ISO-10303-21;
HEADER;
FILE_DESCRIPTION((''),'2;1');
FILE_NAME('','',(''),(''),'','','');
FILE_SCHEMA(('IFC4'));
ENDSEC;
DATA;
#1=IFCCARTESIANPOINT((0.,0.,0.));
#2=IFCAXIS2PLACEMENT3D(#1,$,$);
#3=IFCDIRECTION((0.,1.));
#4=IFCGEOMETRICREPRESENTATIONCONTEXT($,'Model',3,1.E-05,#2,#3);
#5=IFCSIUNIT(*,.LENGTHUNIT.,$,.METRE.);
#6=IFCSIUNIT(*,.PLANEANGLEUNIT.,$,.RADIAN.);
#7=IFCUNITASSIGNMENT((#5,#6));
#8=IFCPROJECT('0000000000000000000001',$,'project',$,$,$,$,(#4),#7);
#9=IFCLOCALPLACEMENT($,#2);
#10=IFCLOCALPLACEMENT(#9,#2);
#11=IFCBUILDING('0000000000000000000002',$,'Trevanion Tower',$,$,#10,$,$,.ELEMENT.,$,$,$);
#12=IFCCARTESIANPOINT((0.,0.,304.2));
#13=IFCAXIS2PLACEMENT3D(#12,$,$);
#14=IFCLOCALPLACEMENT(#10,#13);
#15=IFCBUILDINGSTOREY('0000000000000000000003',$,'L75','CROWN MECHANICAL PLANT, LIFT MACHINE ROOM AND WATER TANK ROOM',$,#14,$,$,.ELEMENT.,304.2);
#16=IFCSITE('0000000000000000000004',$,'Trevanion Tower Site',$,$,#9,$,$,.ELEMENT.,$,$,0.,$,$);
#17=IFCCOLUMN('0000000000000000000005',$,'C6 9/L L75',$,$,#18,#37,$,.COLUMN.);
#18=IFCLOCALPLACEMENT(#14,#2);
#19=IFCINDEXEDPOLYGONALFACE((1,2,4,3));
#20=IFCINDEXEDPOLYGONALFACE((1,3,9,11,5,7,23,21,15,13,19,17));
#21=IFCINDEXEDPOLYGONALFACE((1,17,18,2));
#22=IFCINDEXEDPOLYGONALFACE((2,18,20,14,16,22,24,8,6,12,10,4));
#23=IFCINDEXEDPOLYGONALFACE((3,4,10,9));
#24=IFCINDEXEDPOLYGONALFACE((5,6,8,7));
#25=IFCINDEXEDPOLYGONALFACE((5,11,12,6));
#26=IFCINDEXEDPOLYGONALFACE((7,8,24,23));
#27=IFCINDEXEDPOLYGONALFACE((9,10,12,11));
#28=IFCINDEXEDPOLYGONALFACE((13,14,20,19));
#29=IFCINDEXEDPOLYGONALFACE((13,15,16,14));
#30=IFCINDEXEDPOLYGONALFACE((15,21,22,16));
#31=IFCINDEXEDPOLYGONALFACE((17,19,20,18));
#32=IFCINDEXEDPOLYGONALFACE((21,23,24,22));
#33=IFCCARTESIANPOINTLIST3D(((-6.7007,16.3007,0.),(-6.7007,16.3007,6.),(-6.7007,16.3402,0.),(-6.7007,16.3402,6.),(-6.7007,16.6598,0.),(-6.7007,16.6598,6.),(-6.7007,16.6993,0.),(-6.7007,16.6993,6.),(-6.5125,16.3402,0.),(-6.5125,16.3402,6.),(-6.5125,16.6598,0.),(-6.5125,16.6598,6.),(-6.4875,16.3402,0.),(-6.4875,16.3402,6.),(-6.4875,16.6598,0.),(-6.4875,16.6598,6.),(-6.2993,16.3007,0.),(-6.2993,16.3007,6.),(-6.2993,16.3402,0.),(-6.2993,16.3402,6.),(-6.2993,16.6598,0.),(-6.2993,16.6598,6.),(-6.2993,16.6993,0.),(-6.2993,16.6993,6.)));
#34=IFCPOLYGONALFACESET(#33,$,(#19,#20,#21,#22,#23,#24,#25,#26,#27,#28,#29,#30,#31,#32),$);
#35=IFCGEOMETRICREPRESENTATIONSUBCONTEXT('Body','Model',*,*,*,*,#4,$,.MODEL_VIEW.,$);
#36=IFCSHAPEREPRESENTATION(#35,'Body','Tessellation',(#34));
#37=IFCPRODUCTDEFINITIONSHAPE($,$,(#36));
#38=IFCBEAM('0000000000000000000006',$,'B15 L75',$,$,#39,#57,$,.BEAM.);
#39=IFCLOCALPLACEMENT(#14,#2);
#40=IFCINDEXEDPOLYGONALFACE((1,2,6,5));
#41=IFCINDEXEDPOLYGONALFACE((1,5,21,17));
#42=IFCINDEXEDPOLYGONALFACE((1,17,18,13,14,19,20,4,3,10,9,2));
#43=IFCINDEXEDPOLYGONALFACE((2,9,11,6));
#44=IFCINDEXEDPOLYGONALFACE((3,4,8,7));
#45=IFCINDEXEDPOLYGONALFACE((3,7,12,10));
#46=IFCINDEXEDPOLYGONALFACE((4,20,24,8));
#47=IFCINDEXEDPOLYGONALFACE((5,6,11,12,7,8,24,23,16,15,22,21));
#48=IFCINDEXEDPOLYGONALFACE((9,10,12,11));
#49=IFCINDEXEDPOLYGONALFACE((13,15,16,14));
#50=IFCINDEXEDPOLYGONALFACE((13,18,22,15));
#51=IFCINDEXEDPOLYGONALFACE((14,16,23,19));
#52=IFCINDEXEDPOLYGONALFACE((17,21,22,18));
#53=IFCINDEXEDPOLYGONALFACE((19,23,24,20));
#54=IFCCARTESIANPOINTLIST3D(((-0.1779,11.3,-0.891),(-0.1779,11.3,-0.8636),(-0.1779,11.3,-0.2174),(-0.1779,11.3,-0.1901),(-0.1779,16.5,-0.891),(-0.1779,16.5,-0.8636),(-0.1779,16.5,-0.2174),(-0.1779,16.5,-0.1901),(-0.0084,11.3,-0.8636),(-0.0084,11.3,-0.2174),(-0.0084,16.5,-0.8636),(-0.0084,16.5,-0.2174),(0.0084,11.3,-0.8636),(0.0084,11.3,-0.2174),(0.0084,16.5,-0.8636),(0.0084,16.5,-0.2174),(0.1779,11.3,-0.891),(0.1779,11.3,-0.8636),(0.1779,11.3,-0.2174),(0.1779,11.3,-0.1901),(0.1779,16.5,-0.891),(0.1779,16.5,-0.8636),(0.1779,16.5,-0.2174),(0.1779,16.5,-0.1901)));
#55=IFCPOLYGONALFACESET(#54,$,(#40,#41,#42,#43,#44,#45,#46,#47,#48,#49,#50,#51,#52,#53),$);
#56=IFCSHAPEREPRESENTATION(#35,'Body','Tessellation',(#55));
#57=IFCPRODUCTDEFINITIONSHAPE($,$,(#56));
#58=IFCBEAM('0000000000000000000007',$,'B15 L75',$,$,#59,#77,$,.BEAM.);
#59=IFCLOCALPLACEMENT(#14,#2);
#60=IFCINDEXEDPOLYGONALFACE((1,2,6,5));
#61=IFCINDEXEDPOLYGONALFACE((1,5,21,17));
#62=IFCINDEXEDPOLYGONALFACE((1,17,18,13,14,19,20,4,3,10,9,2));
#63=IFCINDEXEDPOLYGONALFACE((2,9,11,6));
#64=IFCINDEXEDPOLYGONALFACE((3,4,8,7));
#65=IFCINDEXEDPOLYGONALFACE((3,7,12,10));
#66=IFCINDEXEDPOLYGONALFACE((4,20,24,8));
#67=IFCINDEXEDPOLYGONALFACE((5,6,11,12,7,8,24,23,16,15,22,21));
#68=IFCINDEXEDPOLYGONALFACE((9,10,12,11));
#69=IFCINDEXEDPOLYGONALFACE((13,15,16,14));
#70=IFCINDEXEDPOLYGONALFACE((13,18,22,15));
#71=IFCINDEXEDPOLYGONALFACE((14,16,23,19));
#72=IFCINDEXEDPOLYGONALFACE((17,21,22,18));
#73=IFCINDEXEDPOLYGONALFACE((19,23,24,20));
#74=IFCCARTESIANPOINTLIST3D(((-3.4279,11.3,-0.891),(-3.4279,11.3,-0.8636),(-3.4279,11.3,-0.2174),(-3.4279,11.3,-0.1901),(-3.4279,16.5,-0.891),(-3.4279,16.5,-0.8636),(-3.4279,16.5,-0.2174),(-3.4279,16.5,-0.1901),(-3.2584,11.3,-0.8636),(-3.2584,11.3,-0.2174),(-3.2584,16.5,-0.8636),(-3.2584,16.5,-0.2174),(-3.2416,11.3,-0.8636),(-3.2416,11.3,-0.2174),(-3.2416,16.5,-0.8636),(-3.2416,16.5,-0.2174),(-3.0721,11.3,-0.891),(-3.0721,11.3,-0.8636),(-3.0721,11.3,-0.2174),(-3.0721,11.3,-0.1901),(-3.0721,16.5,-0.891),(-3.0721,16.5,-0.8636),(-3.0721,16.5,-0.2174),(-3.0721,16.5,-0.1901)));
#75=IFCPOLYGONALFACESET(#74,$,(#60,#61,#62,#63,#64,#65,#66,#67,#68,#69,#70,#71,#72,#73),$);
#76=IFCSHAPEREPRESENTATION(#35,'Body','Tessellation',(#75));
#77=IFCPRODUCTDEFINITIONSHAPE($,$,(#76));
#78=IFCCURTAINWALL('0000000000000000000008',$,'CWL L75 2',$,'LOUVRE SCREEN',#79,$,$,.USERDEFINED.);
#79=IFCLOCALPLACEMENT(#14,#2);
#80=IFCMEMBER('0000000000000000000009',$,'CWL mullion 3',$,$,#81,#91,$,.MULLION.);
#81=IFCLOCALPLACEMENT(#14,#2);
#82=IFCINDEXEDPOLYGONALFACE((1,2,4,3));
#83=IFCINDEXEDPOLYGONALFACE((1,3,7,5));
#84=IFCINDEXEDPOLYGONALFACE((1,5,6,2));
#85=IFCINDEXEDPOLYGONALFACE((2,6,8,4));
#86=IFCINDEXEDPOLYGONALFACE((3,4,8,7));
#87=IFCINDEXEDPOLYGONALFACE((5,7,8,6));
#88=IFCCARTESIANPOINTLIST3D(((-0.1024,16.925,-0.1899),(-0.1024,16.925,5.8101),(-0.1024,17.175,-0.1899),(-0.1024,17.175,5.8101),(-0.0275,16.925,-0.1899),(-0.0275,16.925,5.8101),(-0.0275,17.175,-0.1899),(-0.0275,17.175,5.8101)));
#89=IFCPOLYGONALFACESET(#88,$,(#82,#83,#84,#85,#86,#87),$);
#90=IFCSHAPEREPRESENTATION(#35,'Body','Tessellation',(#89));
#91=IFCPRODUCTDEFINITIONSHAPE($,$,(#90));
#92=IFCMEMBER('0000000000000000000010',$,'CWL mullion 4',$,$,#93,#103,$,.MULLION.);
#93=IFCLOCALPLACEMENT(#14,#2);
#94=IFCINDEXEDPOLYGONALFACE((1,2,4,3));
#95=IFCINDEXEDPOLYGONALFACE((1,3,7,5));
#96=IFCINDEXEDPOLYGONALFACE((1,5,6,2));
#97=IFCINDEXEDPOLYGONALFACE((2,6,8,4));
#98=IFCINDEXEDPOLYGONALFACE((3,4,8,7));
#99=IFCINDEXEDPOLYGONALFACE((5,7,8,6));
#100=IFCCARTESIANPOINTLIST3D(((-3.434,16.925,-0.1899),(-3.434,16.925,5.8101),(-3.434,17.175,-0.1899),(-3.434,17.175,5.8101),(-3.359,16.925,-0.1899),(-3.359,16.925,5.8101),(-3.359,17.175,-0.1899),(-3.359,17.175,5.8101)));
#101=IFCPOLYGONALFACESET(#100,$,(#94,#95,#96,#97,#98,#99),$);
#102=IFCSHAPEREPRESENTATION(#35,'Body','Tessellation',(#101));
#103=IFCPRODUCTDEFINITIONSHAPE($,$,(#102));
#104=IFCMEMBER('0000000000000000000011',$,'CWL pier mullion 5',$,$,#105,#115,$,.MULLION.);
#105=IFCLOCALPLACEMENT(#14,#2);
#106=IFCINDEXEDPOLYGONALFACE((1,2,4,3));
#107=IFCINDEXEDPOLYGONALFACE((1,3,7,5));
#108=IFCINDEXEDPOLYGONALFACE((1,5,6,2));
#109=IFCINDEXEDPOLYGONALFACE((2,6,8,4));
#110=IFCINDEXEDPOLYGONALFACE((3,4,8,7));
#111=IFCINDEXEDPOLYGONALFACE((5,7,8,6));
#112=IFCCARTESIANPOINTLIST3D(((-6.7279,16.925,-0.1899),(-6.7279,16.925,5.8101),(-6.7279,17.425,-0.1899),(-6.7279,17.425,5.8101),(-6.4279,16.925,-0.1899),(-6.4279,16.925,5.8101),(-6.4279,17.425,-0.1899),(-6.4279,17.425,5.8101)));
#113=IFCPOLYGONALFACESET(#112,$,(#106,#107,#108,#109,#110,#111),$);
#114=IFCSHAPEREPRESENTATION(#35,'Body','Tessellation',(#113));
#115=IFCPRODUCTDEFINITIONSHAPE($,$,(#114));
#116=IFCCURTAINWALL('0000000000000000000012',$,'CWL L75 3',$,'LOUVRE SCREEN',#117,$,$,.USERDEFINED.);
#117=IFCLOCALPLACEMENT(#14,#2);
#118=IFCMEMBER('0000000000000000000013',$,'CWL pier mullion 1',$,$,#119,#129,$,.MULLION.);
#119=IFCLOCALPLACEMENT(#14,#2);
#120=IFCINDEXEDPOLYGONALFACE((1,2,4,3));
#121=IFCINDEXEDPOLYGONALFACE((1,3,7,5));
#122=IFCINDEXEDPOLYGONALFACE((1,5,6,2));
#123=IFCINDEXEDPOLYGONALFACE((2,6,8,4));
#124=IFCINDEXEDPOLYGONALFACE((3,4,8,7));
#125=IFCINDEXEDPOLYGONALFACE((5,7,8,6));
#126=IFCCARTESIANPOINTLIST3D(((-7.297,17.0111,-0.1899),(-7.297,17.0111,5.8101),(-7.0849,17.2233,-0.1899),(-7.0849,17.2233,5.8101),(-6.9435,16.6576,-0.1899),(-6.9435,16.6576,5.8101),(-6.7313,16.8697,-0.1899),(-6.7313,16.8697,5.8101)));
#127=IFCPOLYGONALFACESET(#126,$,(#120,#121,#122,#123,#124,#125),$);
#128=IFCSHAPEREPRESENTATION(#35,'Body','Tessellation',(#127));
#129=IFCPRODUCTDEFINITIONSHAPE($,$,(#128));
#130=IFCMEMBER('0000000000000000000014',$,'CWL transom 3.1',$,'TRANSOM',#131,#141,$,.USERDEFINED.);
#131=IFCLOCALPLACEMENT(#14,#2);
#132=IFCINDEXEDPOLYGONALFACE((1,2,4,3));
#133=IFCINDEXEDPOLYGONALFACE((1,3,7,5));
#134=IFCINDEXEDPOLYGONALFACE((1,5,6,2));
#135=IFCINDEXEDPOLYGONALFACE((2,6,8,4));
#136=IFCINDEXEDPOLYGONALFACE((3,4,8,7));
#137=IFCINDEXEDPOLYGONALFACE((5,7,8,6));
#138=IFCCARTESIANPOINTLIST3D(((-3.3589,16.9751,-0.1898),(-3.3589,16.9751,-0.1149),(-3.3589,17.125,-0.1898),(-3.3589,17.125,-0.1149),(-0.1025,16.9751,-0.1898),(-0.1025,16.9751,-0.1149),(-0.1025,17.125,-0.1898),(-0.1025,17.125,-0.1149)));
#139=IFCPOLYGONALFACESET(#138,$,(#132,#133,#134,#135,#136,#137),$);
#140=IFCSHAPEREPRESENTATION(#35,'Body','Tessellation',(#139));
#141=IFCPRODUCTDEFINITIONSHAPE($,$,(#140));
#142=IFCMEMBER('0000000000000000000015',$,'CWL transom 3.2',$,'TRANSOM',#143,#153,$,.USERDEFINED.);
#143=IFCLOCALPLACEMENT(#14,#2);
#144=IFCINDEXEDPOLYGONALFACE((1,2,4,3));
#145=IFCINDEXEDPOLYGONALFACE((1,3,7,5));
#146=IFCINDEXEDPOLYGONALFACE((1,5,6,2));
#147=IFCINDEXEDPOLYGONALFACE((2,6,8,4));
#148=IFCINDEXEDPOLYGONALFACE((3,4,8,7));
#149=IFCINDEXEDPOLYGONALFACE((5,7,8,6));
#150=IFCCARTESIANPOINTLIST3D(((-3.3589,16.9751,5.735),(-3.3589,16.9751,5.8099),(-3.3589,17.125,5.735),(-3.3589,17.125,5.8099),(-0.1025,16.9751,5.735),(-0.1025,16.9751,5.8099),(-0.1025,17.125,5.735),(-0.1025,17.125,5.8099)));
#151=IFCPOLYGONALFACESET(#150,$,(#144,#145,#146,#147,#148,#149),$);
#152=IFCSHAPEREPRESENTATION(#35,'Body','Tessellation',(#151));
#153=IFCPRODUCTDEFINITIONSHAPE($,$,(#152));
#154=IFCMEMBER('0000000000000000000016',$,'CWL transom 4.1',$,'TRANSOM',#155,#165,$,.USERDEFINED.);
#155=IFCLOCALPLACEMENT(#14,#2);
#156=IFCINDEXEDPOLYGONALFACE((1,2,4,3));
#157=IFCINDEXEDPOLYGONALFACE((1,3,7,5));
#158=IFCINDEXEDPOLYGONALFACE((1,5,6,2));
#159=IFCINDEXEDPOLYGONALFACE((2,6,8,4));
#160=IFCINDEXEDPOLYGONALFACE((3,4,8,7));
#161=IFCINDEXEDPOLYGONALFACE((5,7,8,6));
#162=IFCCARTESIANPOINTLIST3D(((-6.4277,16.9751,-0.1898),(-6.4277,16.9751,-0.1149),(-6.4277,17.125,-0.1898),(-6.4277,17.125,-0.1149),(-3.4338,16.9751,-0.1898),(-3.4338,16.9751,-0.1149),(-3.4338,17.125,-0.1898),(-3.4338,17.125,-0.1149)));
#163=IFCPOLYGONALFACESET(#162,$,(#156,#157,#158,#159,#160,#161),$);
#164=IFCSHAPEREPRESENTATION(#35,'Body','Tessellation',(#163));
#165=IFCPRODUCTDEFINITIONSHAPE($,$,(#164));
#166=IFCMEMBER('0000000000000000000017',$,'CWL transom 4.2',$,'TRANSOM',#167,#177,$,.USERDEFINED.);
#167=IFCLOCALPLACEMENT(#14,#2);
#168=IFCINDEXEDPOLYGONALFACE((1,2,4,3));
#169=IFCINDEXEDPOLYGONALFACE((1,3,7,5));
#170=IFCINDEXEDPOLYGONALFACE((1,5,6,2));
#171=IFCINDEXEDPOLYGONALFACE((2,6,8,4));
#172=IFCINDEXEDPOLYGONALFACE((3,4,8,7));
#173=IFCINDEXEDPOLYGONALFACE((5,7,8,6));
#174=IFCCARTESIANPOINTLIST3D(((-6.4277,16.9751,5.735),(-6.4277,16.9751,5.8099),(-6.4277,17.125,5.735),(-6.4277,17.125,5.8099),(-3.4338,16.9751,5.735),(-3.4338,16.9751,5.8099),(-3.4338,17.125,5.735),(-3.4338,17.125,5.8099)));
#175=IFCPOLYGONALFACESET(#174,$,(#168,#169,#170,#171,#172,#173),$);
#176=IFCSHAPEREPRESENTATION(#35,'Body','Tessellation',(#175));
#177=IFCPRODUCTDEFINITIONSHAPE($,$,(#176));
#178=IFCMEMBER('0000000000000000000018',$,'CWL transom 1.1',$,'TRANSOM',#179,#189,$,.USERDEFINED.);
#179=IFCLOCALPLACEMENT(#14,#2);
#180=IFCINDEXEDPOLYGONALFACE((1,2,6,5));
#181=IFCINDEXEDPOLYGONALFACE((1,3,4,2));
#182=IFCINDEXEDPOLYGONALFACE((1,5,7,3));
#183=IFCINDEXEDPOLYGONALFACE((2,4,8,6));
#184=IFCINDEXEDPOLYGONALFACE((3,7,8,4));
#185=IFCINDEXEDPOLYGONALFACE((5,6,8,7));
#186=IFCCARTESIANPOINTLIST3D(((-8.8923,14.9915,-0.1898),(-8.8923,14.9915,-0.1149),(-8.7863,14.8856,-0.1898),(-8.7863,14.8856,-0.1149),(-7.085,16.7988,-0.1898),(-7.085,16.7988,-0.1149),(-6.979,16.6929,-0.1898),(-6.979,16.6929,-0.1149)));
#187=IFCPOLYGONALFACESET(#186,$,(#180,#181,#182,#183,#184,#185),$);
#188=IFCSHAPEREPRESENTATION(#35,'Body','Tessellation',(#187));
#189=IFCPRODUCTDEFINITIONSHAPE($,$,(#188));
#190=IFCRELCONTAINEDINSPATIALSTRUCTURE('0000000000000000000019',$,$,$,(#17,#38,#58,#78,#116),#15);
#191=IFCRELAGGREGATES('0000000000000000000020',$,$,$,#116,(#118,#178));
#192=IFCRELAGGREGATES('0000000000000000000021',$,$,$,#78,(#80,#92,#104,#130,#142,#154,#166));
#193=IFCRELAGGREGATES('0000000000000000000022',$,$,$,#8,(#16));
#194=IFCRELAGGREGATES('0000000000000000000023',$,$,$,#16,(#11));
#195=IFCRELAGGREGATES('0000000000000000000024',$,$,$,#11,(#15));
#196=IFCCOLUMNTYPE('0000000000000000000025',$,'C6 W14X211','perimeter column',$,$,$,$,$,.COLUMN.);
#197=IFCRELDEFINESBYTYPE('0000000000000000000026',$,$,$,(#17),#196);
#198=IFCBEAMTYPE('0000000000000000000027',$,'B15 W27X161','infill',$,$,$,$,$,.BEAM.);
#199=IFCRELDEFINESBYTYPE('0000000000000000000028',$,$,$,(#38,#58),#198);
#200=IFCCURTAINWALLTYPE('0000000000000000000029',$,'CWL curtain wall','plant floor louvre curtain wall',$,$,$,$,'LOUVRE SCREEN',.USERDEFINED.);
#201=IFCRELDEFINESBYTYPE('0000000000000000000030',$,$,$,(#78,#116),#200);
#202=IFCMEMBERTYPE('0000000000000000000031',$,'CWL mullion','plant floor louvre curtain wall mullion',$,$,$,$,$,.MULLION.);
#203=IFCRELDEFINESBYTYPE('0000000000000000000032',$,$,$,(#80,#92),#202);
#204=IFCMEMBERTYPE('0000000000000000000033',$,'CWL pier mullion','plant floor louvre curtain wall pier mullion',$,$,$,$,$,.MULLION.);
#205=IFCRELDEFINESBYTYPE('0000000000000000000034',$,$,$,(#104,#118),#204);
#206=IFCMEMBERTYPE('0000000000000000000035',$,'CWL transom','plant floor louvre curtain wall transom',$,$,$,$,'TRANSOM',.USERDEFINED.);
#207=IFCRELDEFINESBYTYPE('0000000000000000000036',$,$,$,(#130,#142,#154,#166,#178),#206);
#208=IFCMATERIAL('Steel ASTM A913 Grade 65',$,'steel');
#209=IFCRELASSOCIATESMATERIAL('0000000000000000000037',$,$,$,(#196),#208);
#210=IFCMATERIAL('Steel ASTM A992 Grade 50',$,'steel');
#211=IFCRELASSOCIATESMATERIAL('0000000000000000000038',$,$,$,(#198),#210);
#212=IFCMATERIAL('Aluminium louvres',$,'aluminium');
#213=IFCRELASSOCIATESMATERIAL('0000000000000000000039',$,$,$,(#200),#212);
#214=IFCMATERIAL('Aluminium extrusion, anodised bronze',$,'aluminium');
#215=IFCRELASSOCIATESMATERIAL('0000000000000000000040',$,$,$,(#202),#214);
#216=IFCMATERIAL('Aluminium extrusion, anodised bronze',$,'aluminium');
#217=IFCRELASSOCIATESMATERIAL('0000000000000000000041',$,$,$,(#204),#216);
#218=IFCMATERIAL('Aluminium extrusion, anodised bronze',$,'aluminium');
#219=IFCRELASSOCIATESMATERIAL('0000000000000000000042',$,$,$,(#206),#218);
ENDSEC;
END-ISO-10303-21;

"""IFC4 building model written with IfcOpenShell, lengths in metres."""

from ifc_helpers import new_model, si_unit, direction, frame, origin, origin_2d, place, context, subcontext, project, spatial, rectangle, i_section, extrude, material, material_profile, profile_set, type_object, element, aggregate, save


model = new_model("IFC4")

# Units and contexts
model_context = context("Model", 3, precision=1e-05, world=origin(), true_north=direction((0.0, 1.0)))
body_context = subcontext(model_context, "Body", "Model", "MODEL_VIEW")
ifc_project = project(units=[si_unit("LENGTHUNIT", "METRE"), si_unit("PLANEANGLEUNIT", "RADIAN")], contexts=[model_context])

# Site, building, storey
site_placement = place(None, origin())
site = spatial("IfcSite", under=ifc_project, at=site_placement, Name="Trevanion Tower Site", CompositionType="ELEMENT", RefElevation=0.0)
building_placement = place(site_placement, origin())
building = spatial("IfcBuilding", under=site, at=building_placement, Name="Trevanion Tower", CompositionType="ELEMENT")
storey_placement = place(building_placement, frame((0.0, 0.0, 304.2)))
storey = spatial("IfcBuildingStorey", under=building, at=storey_placement, Name="L75", Description="CROWN MECHANICAL PLANT, LIFT MACHINE ROOM AND WATER TANK ROOM", CompositionType="ELEMENT", Elevation=304.2)

# Column
ifc_material_1 = material(Name="Steel ASTM A913 Grade 65", Category="steel")
ifc_material_profile_1 = material_profile(ifc_material_1, i_section(OverallWidth=0.4014, OverallDepth=0.3987, WebThickness=0.0249, FlangeThickness=0.0396, at=origin_2d()), Name="W14X211")
ifc_profile_set_1 = profile_set([ifc_material_profile_1], Name="Steel ASTM A913 Grade 65")
column_type = type_object("IfcColumnType", Name="C6 W14X211", Description="perimeter column", PredefinedType="COLUMN", material=ifc_profile_set_1)
column_placement = place(storey_placement, frame((-6.5, 16.5, 0.0), z_axis=(0.0, 0.0, 1.0), x_axis=(1.0, 0.0, 0.0)))
element("IfcColumn", 1, at=column_placement, inside=storey, type_object=column_type, Name="C6 9/L L75", PredefinedType="COLUMN", context=body_context, shape_type="SweptSolid", body=[
    extrude(i_section(OverallWidth=0.4014, OverallDepth=0.3987, WebThickness=0.0249, FlangeThickness=0.0396, at=origin_2d()), origin(), (0.0, 0.0, 1.0), 6.0),
])

# Beams
ifc_material_2 = material(Name="Steel ASTM A992 Grade 50", Category="steel")
ifc_material_profile_2 = material_profile(ifc_material_2, i_section(OverallWidth=0.3557, OverallDepth=0.7009, WebThickness=0.0168, FlangeThickness=0.0273, at=origin_2d()), Name="W27X161")
ifc_profile_set_2 = profile_set([ifc_material_profile_2], Name="Steel ASTM A992 Grade 50")
beam_type_1 = type_object("IfcBeamType", Name="B15 W27X161", Description="infill", PredefinedType="BEAM", material=ifc_profile_set_2)
for number, where, z_axis, x_axis, name in (
    (2, (0.0, 11.3, -0.5405), (0.0, 1.0, 0.0), (-1.0, 0.0, 0.0), "B15 L75"),
    (3, (-3.25, 11.3, -0.5405), (0.0, 1.0, 0.0), (-1.0, 0.0, 0.0), "B15 L75"),
):
    element("IfcBeam", number, at=place(storey_placement, frame(where, z_axis=z_axis, x_axis=x_axis)), inside=storey, type_object=beam_type_1, Name=name, PredefinedType="BEAM", context=body_context, shape_type="SweptSolid", body=[
        extrude(i_section(OverallWidth=0.3557, OverallDepth=0.7009, WebThickness=0.0168, FlangeThickness=0.0273, at=origin_2d()), origin(), (0.0, 0.0, 1.0), 5.2),
    ])

# Curtain wall, members
ifc_material_3 = material(Name="Aluminium louvres", Category="aluminium")
curtain_wall_type = type_object("IfcCurtainWallType", Name="CWL curtain wall", Description="plant floor louvre curtain wall", ElementType="LOUVRE SCREEN", PredefinedType="USERDEFINED", material=ifc_material_3)
curtain_wall_1_placement = place(storey_placement, origin())
curtain_wall_1 = element("IfcCurtainWall", 4, at=curtain_wall_1_placement, inside=storey, type_object=curtain_wall_type, Name="CWL L75 2", ObjectType="LOUVRE SCREEN", PredefinedType="USERDEFINED")
ifc_material_4 = material(Name="Aluminium extrusion, anodised bronze", Category="aluminium")
ifc_material_profile_3 = material_profile(ifc_material_4, rectangle(XDim=0.075, YDim=0.25, at=origin_2d()), Name="CWL mullion")
ifc_profile_set_3 = profile_set([ifc_material_profile_3], Name="Aluminium extrusion, anodised bronze")
member_type_1 = type_object("IfcMemberType", Name="CWL mullion", Description="plant floor louvre curtain wall mullion", PredefinedType="MULLION", material=ifc_profile_set_3)
member_1_placement = place(storey_placement, frame((-0.0649, 17.05, -0.1899), z_axis=(0.0, 0.0, 1.0), x_axis=(-1.0, 0.0, 0.0)))
member_1 = element("IfcMember", 5, at=member_1_placement, type_object=member_type_1, Name="CWL mullion 3", PredefinedType="MULLION", context=body_context, shape_type="SweptSolid", body=[
    extrude(rectangle(XDim=0.075, YDim=0.25, at=origin_2d()), origin(), (0.0, 0.0, 1.0), 6.0),
])
member_2_placement = place(storey_placement, frame((-3.3965, 17.05, -0.1899), z_axis=(0.0, 0.0, 1.0), x_axis=(-1.0, 0.0, 0.0)))
member_2 = element("IfcMember", 6, at=member_2_placement, type_object=member_type_1, Name="CWL mullion 4", PredefinedType="MULLION", context=body_context, shape_type="SweptSolid", body=[
    extrude(rectangle(XDim=0.075, YDim=0.25, at=origin_2d()), origin(), (0.0, 0.0, 1.0), 6.0),
])
ifc_material_5 = material(Name="Aluminium extrusion, anodised bronze", Category="aluminium")
ifc_material_profile_4 = material_profile(ifc_material_5, rectangle(XDim=0.3, YDim=0.5, at=origin_2d()), Name="CWL pier mullion")
ifc_profile_set_4 = profile_set([ifc_material_profile_4], Name="Aluminium extrusion, anodised bronze")
member_type_2 = type_object("IfcMemberType", Name="CWL pier mullion", Description="plant floor louvre curtain wall pier mullion", PredefinedType="MULLION", material=ifc_profile_set_4)
member_3_placement = place(storey_placement, frame((-6.5779, 17.175, -0.1899), z_axis=(0.0, 0.0, 1.0), x_axis=(-1.0, 0.0, 0.0)))
member_3 = element("IfcMember", 7, at=member_3_placement, type_object=member_type_2, Name="CWL pier mullion 5", PredefinedType="MULLION", context=body_context, shape_type="SweptSolid", body=[
    extrude(rectangle(XDim=0.3, YDim=0.5, at=origin_2d()), origin(), (0.0, 0.0, 1.0), 6.0),
])

# Curtain wall, member
curtain_wall_2_placement = place(storey_placement, origin())
curtain_wall_2 = element("IfcCurtainWall", 8, at=curtain_wall_2_placement, inside=storey, type_object=curtain_wall_type, Name="CWL L75 3", ObjectType="LOUVRE SCREEN", PredefinedType="USERDEFINED")
member_4_placement = place(storey_placement, frame((-7.0142, 16.9404, -0.1899), z_axis=(0.0, 0.0, 1.0), x_axis=(-0.707107, -0.707107, 0.0)))
member_4 = element("IfcMember", 9, at=member_4_placement, type_object=member_type_2, Name="CWL pier mullion 1", PredefinedType="MULLION", context=body_context, shape_type="SweptSolid", body=[
    extrude(rectangle(XDim=0.3, YDim=0.5, at=origin_2d()), origin(), (0.0, 0.0, 1.0), 6.0),
])

# Members
ifc_material_6 = material(Name="Aluminium extrusion, anodised bronze", Category="aluminium")
ifc_material_profile_5 = material_profile(ifc_material_6, rectangle(XDim=0.1499, YDim=0.075, at=origin_2d()), Name="CWL transom")
ifc_profile_set_5 = profile_set([ifc_material_profile_5], Name="Aluminium extrusion, anodised bronze")
member_type_3 = type_object("IfcMemberType", Name="CWL transom", Description="plant floor louvre curtain wall transom", ElementType="TRANSOM", PredefinedType="USERDEFINED", material=ifc_profile_set_5)
member_5_placement = place(storey_placement, frame((-0.1025, 17.05, -0.1523), z_axis=(-1.0, 0.0, 0.0), x_axis=(0.0, -1.0, 0.0)))
member_5 = element("IfcMember", 10, at=member_5_placement, type_object=member_type_3, Name="CWL transom 3.1", ObjectType="TRANSOM", PredefinedType="USERDEFINED", context=body_context, shape_type="SweptSolid", body=[
    extrude(rectangle(XDim=0.1499, YDim=0.075, at=origin_2d()), origin(), (0.0, 0.0, 1.0), 3.2563),
])
member_6_placement = place(storey_placement, frame((-0.1025, 17.05, 5.7725), z_axis=(-1.0, 0.0, 0.0), x_axis=(0.0, -1.0, 0.0)))
member_6 = element("IfcMember", 11, at=member_6_placement, type_object=member_type_3, Name="CWL transom 3.2", ObjectType="TRANSOM", PredefinedType="USERDEFINED", context=body_context, shape_type="SweptSolid", body=[
    extrude(rectangle(XDim=0.1499, YDim=0.075, at=origin_2d()), origin(), (0.0, 0.0, 1.0), 3.2563),
])
member_7_placement = place(storey_placement, frame((-3.4338, 17.05, -0.1523), z_axis=(-1.0, 0.0, 0.0), x_axis=(0.0, -1.0, 0.0)))
member_7 = element("IfcMember", 12, at=member_7_placement, type_object=member_type_3, Name="CWL transom 4.1", ObjectType="TRANSOM", PredefinedType="USERDEFINED", context=body_context, shape_type="SweptSolid", body=[
    extrude(rectangle(XDim=0.1499, YDim=0.075, at=origin_2d()), origin(), (0.0, 0.0, 1.0), 2.9939),
])
member_8_placement = place(storey_placement, frame((-3.4338, 17.05, 5.7725), z_axis=(-1.0, 0.0, 0.0), x_axis=(0.0, -1.0, 0.0)))
member_8 = element("IfcMember", 13, at=member_8_placement, type_object=member_type_3, Name="CWL transom 4.2", ObjectType="TRANSOM", PredefinedType="USERDEFINED", context=body_context, shape_type="SweptSolid", body=[
    extrude(rectangle(XDim=0.1499, YDim=0.075, at=origin_2d()), origin(), (0.0, 0.0, 1.0), 2.9939),
])
member_9_placement = place(storey_placement, frame((-7.032, 16.7458, -0.1523), z_axis=(-0.707107, -0.707107, 0.0), x_axis=(0.707107, -0.707107, 0.0)))
member_9 = element("IfcMember", 14, at=member_9_placement, type_object=member_type_3, Name="CWL transom 1.1", ObjectType="TRANSOM", PredefinedType="USERDEFINED", context=body_context, shape_type="SweptSolid", body=[
    extrude(rectangle(XDim=0.1499, YDim=0.075, at=origin_2d()), origin(), (0.0, 0.0, 1.0), 2.5559),
])
aggregate(curtain_wall_2, [member_4, member_9])

aggregate(curtain_wall_1, [member_1, member_2, member_3, member_5, member_6, member_7, member_8])

save(model, "model.ifc")
